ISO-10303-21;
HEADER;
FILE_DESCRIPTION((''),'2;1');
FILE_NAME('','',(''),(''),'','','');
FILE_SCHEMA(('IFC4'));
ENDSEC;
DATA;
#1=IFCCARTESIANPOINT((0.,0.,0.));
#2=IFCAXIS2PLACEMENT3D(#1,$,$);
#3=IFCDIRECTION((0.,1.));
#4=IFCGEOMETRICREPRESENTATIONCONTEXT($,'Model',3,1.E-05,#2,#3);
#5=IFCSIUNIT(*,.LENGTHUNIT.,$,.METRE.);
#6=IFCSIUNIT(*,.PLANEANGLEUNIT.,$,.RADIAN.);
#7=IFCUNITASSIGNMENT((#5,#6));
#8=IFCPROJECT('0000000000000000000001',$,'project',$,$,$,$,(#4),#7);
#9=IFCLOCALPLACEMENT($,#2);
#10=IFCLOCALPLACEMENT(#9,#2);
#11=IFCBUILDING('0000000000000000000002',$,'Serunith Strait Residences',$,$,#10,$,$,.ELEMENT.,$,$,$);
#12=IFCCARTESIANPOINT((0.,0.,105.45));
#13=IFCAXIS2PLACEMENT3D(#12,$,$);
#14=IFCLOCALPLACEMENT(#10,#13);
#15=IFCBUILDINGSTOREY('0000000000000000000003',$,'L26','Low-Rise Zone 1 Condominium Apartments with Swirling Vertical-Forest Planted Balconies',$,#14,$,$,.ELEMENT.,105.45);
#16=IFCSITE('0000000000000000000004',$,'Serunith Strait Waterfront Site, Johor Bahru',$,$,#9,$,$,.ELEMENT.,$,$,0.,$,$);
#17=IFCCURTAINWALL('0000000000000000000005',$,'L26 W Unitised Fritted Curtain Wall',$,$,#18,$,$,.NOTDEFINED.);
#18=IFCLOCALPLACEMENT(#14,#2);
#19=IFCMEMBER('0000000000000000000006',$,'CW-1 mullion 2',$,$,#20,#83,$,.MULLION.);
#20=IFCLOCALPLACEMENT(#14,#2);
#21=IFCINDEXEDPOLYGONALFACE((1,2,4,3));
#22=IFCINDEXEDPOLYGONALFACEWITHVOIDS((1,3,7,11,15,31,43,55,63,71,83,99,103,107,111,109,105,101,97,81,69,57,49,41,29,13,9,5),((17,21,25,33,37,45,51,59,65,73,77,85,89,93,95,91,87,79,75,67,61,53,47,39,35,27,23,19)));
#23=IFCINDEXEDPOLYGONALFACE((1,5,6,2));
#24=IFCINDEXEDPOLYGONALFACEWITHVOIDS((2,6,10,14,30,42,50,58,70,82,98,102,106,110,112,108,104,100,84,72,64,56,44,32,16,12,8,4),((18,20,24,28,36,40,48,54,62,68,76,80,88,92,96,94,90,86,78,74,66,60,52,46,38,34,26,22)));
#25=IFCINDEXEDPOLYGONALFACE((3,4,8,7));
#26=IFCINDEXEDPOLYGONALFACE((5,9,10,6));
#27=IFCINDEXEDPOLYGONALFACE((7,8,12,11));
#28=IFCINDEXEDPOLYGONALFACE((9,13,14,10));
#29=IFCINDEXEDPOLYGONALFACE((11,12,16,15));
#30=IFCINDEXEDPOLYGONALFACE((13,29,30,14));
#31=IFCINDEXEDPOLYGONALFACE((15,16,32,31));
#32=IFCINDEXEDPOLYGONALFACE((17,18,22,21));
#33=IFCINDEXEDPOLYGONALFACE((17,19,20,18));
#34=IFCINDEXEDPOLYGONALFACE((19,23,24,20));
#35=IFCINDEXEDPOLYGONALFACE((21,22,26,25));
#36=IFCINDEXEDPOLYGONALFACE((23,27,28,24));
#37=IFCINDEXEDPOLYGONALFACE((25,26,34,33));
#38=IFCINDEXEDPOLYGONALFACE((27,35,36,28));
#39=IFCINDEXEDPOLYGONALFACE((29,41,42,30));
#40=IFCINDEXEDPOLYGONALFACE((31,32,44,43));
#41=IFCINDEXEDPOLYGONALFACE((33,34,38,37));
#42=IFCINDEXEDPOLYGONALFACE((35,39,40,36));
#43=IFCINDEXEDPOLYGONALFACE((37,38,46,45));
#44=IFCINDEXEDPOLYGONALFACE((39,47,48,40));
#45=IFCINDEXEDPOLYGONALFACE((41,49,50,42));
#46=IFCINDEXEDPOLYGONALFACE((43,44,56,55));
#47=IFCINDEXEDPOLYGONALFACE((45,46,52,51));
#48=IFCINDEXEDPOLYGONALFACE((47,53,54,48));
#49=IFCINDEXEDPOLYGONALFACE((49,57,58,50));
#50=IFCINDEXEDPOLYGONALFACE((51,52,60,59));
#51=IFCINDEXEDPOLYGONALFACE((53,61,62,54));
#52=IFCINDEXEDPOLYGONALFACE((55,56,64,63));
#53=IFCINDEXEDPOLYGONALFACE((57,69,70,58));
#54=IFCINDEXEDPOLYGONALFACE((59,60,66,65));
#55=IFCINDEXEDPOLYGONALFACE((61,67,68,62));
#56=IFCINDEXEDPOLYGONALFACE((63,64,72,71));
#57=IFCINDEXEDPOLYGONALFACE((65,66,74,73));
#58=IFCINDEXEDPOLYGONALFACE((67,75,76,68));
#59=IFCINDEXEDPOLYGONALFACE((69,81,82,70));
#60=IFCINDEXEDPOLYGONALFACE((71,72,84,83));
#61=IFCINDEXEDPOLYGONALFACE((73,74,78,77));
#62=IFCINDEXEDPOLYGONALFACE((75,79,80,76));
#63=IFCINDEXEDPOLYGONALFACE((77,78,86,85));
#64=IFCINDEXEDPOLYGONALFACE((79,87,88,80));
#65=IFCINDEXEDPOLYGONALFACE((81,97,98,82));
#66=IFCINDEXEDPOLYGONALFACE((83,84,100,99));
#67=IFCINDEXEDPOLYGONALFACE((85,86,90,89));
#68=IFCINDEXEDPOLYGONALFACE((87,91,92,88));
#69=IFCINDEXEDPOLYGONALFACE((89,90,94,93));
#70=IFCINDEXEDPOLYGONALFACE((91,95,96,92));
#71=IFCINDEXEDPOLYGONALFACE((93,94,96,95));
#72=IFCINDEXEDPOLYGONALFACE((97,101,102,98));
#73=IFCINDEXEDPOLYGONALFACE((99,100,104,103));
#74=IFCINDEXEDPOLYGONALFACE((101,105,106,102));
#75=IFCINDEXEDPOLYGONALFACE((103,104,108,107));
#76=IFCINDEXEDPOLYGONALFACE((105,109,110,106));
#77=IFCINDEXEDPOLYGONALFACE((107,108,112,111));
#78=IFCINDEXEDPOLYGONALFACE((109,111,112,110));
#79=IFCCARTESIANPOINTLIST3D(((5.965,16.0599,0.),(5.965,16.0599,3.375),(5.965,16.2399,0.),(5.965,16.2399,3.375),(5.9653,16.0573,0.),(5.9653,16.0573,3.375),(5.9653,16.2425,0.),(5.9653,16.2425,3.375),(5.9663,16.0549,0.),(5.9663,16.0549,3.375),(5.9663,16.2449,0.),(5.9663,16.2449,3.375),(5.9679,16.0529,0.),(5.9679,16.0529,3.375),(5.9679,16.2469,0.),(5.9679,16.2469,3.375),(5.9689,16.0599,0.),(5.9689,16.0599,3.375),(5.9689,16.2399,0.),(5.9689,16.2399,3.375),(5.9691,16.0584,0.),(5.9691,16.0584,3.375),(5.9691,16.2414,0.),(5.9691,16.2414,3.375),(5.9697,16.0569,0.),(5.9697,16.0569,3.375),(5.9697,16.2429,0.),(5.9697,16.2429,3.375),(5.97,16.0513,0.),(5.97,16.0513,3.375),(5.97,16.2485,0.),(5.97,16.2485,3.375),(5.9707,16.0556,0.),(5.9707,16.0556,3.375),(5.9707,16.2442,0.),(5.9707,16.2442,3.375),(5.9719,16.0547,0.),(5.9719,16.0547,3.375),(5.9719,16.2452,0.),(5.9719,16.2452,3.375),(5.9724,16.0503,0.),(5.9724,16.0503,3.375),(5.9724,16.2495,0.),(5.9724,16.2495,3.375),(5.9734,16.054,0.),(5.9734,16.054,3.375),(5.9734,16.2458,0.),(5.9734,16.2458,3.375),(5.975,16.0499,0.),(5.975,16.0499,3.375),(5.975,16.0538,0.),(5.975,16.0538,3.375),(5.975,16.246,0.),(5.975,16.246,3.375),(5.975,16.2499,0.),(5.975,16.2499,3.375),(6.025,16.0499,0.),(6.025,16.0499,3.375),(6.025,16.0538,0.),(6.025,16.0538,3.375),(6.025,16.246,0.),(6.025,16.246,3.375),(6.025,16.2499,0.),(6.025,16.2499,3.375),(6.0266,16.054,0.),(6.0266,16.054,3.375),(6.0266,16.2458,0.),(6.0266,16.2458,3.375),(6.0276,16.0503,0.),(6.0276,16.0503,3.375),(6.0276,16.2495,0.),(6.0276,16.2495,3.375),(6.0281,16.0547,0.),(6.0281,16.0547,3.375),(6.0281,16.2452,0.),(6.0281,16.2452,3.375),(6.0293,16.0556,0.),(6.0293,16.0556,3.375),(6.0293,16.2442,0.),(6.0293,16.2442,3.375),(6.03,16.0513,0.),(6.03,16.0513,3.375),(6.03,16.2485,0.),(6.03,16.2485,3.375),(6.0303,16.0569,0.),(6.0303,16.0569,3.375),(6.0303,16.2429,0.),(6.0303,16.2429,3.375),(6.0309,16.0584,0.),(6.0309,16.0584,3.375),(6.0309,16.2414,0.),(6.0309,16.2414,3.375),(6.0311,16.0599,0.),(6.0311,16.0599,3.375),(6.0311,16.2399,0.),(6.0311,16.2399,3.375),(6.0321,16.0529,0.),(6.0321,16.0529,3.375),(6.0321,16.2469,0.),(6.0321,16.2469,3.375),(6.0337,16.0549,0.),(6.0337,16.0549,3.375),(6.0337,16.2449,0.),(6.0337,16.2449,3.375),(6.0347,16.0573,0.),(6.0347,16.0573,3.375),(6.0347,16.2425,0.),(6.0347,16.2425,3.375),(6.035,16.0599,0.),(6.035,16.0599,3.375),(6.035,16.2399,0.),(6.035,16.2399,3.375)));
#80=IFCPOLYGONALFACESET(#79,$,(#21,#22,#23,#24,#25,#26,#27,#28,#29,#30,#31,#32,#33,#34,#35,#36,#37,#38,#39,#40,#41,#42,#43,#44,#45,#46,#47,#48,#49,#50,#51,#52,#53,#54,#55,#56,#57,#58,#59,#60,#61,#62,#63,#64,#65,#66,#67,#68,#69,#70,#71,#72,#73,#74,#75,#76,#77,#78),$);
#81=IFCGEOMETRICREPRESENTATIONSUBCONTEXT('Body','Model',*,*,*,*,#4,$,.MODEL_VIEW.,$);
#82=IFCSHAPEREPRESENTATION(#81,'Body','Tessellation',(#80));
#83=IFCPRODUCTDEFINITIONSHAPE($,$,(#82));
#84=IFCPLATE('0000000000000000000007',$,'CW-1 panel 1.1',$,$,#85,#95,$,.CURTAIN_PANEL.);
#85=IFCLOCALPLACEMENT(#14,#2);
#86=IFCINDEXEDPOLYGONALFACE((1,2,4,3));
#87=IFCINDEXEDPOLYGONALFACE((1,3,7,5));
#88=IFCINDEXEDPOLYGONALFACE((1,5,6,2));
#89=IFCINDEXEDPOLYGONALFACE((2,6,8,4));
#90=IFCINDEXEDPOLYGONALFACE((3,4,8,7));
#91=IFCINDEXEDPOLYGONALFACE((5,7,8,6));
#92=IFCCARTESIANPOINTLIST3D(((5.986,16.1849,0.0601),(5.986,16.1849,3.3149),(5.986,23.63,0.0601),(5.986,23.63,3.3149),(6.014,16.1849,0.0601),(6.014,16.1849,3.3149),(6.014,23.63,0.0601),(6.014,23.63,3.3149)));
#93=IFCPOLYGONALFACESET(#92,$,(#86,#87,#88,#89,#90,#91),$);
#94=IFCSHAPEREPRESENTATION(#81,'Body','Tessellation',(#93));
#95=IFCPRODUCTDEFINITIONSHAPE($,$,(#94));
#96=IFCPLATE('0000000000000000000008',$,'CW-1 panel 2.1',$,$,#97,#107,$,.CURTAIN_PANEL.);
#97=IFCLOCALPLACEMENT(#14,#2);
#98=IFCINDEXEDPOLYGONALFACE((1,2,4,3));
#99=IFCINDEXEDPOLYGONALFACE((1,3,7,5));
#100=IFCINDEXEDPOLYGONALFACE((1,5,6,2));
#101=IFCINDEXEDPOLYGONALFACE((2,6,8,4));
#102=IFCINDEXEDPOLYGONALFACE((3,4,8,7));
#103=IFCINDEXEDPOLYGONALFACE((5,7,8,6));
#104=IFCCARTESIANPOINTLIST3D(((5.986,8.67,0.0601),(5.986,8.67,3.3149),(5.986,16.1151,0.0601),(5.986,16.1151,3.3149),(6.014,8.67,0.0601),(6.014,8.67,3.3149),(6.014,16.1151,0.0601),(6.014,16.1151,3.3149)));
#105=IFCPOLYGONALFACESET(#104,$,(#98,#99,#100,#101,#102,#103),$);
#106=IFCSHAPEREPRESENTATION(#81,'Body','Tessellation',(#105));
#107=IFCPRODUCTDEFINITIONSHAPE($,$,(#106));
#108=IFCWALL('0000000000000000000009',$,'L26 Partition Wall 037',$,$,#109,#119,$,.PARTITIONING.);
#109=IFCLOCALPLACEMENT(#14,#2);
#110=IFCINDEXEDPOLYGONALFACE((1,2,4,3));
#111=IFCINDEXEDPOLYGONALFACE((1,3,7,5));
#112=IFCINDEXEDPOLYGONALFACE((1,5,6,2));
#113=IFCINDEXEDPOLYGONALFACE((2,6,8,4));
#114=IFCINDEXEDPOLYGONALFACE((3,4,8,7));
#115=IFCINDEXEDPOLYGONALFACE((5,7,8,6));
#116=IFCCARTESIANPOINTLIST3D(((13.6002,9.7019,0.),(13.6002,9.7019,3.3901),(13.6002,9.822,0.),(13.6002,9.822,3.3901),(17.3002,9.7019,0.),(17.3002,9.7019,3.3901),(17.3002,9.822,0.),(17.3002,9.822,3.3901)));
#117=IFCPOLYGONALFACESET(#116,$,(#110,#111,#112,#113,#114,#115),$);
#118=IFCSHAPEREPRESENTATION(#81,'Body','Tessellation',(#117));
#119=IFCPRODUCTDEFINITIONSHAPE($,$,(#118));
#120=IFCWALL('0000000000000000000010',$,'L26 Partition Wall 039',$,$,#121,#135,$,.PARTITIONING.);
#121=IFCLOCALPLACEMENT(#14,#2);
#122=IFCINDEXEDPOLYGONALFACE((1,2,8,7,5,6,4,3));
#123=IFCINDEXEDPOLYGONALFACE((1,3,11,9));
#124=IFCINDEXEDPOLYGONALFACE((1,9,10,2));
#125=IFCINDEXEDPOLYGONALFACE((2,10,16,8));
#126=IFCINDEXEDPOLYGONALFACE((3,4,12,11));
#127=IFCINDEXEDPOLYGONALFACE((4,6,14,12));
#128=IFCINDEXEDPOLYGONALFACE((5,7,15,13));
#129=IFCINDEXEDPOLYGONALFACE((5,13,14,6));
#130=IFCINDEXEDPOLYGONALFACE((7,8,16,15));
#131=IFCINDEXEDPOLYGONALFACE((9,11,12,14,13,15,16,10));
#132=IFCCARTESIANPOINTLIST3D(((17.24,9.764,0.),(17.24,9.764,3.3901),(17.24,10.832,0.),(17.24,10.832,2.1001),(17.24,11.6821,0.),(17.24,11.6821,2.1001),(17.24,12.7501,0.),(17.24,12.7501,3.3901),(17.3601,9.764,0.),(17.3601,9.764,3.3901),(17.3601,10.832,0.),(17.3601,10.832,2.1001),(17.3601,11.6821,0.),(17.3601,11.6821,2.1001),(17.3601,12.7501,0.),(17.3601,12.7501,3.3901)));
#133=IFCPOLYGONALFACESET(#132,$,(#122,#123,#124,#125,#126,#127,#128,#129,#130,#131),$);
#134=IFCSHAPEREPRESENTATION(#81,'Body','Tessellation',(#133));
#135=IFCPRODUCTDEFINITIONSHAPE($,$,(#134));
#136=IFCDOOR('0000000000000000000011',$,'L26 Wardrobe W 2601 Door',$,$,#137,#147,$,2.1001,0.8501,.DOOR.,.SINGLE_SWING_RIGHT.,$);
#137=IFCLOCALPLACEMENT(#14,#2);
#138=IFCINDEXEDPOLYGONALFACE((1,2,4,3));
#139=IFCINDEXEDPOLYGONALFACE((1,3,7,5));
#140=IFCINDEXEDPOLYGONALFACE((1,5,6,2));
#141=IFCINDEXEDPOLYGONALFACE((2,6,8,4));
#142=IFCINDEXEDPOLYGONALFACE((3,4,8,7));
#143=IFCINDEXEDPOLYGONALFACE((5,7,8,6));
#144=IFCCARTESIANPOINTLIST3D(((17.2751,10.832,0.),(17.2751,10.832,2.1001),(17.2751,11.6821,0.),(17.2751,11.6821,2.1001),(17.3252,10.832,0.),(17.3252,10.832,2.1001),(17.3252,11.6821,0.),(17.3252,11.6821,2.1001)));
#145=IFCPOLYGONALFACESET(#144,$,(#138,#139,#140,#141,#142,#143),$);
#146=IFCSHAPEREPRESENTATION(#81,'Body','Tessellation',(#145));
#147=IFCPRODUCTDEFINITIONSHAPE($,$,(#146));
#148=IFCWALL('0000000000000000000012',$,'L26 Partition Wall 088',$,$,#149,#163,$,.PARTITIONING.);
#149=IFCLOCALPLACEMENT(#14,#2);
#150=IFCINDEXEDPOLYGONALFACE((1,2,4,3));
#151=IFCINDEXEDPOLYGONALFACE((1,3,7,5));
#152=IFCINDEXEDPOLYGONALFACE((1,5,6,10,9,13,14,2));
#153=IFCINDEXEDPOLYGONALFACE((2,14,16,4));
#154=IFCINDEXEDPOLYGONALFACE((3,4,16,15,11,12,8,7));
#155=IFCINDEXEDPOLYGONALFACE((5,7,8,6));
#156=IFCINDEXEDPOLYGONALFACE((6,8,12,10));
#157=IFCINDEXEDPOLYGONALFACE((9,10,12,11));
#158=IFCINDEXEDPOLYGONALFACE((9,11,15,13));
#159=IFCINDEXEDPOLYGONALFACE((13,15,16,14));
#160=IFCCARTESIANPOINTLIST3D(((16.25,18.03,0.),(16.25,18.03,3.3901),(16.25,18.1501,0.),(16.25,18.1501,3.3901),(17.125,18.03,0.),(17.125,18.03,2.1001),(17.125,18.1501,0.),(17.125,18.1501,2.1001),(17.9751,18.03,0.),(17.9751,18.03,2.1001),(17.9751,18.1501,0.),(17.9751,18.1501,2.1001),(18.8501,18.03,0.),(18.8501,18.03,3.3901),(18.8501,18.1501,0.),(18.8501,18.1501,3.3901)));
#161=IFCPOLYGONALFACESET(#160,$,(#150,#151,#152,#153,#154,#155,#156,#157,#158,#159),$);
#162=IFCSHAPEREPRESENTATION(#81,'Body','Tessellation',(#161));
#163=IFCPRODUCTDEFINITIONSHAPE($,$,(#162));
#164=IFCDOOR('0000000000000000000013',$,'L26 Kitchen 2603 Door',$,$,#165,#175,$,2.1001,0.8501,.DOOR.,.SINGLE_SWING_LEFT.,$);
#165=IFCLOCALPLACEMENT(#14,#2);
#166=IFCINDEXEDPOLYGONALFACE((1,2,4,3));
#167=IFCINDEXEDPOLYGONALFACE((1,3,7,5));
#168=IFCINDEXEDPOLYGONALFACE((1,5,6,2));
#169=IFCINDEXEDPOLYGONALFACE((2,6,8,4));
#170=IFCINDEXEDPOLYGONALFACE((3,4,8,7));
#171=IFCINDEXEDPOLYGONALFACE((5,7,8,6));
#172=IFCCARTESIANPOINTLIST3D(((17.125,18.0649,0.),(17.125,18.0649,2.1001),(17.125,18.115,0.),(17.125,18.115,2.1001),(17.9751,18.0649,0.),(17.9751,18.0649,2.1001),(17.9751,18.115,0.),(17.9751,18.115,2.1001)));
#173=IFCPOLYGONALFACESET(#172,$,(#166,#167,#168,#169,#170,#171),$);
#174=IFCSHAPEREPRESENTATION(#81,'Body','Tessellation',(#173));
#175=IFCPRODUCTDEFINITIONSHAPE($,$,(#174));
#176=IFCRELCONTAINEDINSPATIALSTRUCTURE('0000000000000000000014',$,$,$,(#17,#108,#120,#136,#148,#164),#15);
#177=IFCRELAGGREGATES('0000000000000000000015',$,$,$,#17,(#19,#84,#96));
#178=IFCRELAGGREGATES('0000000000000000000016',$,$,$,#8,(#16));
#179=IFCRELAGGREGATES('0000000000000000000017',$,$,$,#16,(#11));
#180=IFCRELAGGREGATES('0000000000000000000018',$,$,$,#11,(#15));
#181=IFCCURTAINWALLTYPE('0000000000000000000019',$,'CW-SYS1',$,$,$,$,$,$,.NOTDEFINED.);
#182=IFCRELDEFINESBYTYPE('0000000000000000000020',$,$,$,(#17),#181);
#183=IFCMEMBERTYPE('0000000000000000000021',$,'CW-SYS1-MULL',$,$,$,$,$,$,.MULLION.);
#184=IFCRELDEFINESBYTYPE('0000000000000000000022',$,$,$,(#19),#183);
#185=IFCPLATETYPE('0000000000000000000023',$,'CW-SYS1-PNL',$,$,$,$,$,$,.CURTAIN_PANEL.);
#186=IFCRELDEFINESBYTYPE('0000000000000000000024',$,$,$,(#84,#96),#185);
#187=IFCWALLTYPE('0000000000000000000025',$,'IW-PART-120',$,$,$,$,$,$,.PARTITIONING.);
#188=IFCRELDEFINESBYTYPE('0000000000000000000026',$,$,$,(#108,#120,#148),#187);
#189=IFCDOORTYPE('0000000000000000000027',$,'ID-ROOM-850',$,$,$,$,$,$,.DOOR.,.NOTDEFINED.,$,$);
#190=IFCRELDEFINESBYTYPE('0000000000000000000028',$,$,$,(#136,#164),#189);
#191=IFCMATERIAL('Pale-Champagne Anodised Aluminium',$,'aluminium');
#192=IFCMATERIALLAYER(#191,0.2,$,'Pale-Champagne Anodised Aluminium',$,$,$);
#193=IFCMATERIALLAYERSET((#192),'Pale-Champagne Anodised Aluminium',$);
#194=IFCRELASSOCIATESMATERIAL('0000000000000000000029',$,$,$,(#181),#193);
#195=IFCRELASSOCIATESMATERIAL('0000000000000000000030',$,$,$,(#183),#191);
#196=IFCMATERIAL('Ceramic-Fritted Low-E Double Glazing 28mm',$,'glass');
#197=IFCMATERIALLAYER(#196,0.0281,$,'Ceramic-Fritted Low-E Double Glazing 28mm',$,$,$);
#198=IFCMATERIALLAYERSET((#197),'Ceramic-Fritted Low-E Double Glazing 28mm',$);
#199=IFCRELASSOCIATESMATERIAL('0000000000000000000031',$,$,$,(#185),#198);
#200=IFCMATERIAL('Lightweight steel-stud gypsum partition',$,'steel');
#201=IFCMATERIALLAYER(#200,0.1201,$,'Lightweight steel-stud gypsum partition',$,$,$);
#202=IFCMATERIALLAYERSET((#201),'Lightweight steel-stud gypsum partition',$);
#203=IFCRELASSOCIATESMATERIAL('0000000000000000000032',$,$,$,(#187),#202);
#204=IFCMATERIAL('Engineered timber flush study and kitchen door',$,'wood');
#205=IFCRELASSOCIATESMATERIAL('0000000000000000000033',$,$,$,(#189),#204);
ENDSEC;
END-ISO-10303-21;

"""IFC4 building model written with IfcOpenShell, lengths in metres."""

from ifc_helpers import new_model, si_unit, direction, frame, frame_2d, origin, origin_2d, place, context, subcontext, project, spatial, rectangle, hollow_rectangle, extrude, source, transform, mapped, material, layer, layer_set, material_profile, profile_set, type_object, element, fill, aggregate, save


model = new_model("IFC4")

# Units and contexts
model_context = context("Model", 3, precision=1e-05, world=origin(), true_north=direction((0.0, 1.0)))
body_context = subcontext(model_context, "Body", "Model", "MODEL_VIEW")
ifc_project = project(units=[si_unit("LENGTHUNIT", "METRE"), si_unit("PLANEANGLEUNIT", "RADIAN")], contexts=[model_context])

# Site, building, storey
site_placement = place(None, origin())
site = spatial("IfcSite", under=ifc_project, at=site_placement, Name="Serunith Strait Waterfront Site, Johor Bahru", CompositionType="ELEMENT", RefElevation=0.0)
building_placement = place(site_placement, origin())
building = spatial("IfcBuilding", under=site, at=building_placement, Name="Serunith Strait Residences", CompositionType="ELEMENT")
storey_placement = place(building_placement, frame((0.0, 0.0, 105.45)))
storey = spatial("IfcBuildingStorey", under=building, at=storey_placement, Name="L26", Description="Low-Rise Zone 1 Condominium Apartments with Swirling Vertical-Forest Planted Balconies", CompositionType="ELEMENT", Elevation=105.45)

# Curtain wall, member, plates
ifc_material_1 = material(Name="Pale-Champagne Anodised Aluminium", Category="aluminium")
ifc_layer_1 = layer(ifc_material_1, 0.2, Name="Pale-Champagne Anodised Aluminium")
ifc_layer_set_1 = layer_set([ifc_layer_1], Name="Pale-Champagne Anodised Aluminium")
curtain_wall_type = type_object("IfcCurtainWallType", Name="CW-SYS1", PredefinedType="NOTDEFINED", material=ifc_layer_set_1)
curtain_wall_placement = place(storey_placement, origin())
curtain_wall = element("IfcCurtainWall", 1, at=curtain_wall_placement, inside=storey, type_object=curtain_wall_type, Name="L26 W Unitised Fritted Curtain Wall", PredefinedType="NOTDEFINED")
ifc_material_profile_1 = material_profile(ifc_material_1, hollow_rectangle(XDim=0.0701, YDim=0.2, WallThickness=0.0039, InnerFilletRadius=0.0061, OuterFilletRadius=0.01, at=origin_2d()), Name="ALU 200x70x4")
ifc_profile_set_1 = profile_set([ifc_material_profile_1], Name="Pale-Champagne Anodised Aluminium")
member_type_1 = type_object("IfcMemberType", Name="CW-SYS1-MULL", PredefinedType="MULLION", material=ifc_profile_set_1)
shared_shape_1 = source(origin(), body_context, "Body", "SweptSolid", [
    extrude(hollow_rectangle(XDim=0.0701, YDim=0.2, WallThickness=0.0039, InnerFilletRadius=0.0061, OuterFilletRadius=0.01, at=origin_2d()), origin(), (0.0, 0.0, 1.0), 3.375),
])
member_1_placement = place(storey_placement, frame((6.0, 16.1499, 0.0), z_axis=(0.0, 0.0, 1.0), x_axis=(1.0, 0.0, 0.0)))
member_1 = element("IfcMember", 2, at=member_1_placement, type_object=member_type_1, Name="CW-1 mullion 2", PredefinedType="MULLION", context=body_context, shape_type="MappedRepresentation", body=[
    mapped(shared_shape_1, transform((0.0, 0.0, 0.0), scale=1.0)),
])
ifc_material_2 = material(Name="Ceramic-Fritted Low-E Double Glazing 28mm", Category="glass")
ifc_layer_2 = layer(ifc_material_2, 0.0281, Name="Ceramic-Fritted Low-E Double Glazing 28mm")
ifc_layer_set_2 = layer_set([ifc_layer_2], Name="Ceramic-Fritted Low-E Double Glazing 28mm")
plate_type = type_object("IfcPlateType", Name="CW-SYS1-PNL", PredefinedType="CURTAIN_PANEL", material=ifc_layer_set_2)
shared_shape_2 = source(origin(), body_context, "Body", "SweptSolid", [
    extrude(rectangle(XDim=7.4451, YDim=0.0281, at=origin_2d()), origin(), (0.0, 0.0, 1.0), 3.2549),
])
plate_1_placement = place(storey_placement, frame((6.0, 19.9075, 0.0601), z_axis=(0.0, 0.0, 1.0), x_axis=(0.0, -1.0, 0.0)))
plate_1 = element("IfcPlate", 3, at=plate_1_placement, type_object=plate_type, Name="CW-1 panel 1.1", PredefinedType="CURTAIN_PANEL", context=body_context, shape_type="MappedRepresentation", body=[
    mapped(shared_shape_2, transform((0.0, 0.0, 0.0), scale=1.0)),
])
plate_2_placement = place(storey_placement, frame((6.0, 12.3926, 0.0601), z_axis=(0.0, 0.0, 1.0), x_axis=(0.0, -1.0, 0.0)))
plate_2 = element("IfcPlate", 4, at=plate_2_placement, type_object=plate_type, Name="CW-1 panel 2.1", PredefinedType="CURTAIN_PANEL", context=body_context, shape_type="MappedRepresentation", body=[
    mapped(shared_shape_2, transform((0.0, 0.0, 0.0), scale=1.0)),
])
aggregate(curtain_wall, [member_1, plate_1, plate_2])

# Wall
ifc_material_3 = material(Name="Lightweight steel-stud gypsum partition", Category="steel")
ifc_layer_3 = layer(ifc_material_3, 0.1201, Name="Lightweight steel-stud gypsum partition")
ifc_layer_set_3 = layer_set([ifc_layer_3], Name="Lightweight steel-stud gypsum partition")
wall_type_1 = type_object("IfcWallType", Name="IW-PART-120", PredefinedType="PARTITIONING", material=ifc_layer_set_3)
wall_1_placement = place(storey_placement, frame((13.6001, 9.762, 0.0), z_axis=(0.0, 0.0, 1.0), x_axis=(1.0, 0.0, 0.0)))
element("IfcWall", 5, at=wall_1_placement, inside=storey, type_object=wall_type_1, Name="L26 Partition Wall 037", PredefinedType="PARTITIONING", context=body_context, shape_type="SweptSolid", body=[
    extrude(rectangle(XDim=3.7, YDim=0.1201, at=frame_2d((1.8501, 0.0))), origin(), (0.0, 0.0, 1.0), 3.3901),
])

# Walls, openings, doors
wall_2_placement = place(storey_placement, frame((17.3, 9.7639, 0.0), z_axis=(0.0, 0.0, 1.0), x_axis=(0.0, 1.0, 0.0)))
wall_2 = element("IfcWall", 6, at=wall_2_placement, inside=storey, type_object=wall_type_1, Name="L26 Partition Wall 039", PredefinedType="PARTITIONING", context=body_context, shape_type="SweptSolid", body=[
    extrude(rectangle(XDim=2.9861, YDim=0.1201, at=frame_2d((1.4932, 0.0))), origin(), (0.0, 0.0, 1.0), 3.3901),
])
opening_1_placement = place(wall_2_placement, frame((1.0681, 0.0, 0.0)))
opening_1 = element("IfcOpeningElement", 7, at=opening_1_placement, cuts=wall_2, PredefinedType="OPENING", context=body_context, shape_type="SweptSolid", body=[
    extrude(rectangle(XDim=0.8501, YDim=2.1001, at=frame_2d((0.425, 1.05))), frame((0.0, 0.0701, 0.0), z_axis=(0.0, -1.0, 0.0), x_axis=(1.0, 0.0, 0.0)), (0.0, 0.0, 1.0), 0.1401),
])
ifc_material_4 = material(Name="Engineered timber flush study and kitchen door", Category="wood")
door_type = type_object("IfcDoorType", Name="ID-ROOM-850", OperationType="NOTDEFINED", PredefinedType="DOOR", material=ifc_material_4)
shared_shape_3 = source(origin(), body_context, "Body", "SweptSolid", [
    extrude(rectangle(XDim=0.8501, YDim=2.1001, at=frame_2d((0.425, 1.05))), frame((0.0, 0.0249, 0.0), z_axis=(0.0, -1.0, 0.0), x_axis=(1.0, 0.0, 0.0)), (0.0, 0.0, 1.0), 0.05),
])
door_1_placement = place(opening_1_placement, origin())
door_1 = element("IfcDoor", 8, at=door_1_placement, inside=storey, type_object=door_type, Name="L26 Wardrobe W 2601 Door", OperationType="SINGLE_SWING_RIGHT", OverallHeight=2.1001, OverallWidth=0.8501, PredefinedType="DOOR", context=body_context, shape_type="MappedRepresentation", body=[
    mapped(shared_shape_3, transform((0.0, 0.0, 0.0), scale=1.0)),
])
fill(opening_1, door_1)
wall_3_placement = place(storey_placement, frame((16.25, 18.0901, 0.0), z_axis=(0.0, 0.0, 1.0), x_axis=(1.0, 0.0, 0.0)))
wall_3 = element("IfcWall", 9, at=wall_3_placement, inside=storey, type_object=wall_type_1, Name="L26 Partition Wall 088", PredefinedType="PARTITIONING", context=body_context, shape_type="SweptSolid", body=[
    extrude(rectangle(XDim=2.6001, YDim=0.1201, at=frame_2d((1.3, 0.0))), origin(), (0.0, 0.0, 1.0), 3.3901),
])
opening_2_placement = place(wall_3_placement, frame((0.875, 0.0, 0.0)))
opening_2 = element("IfcOpeningElement", 10, at=opening_2_placement, cuts=wall_3, PredefinedType="OPENING", context=body_context, shape_type="SweptSolid", body=[
    extrude(rectangle(XDim=0.8501, YDim=2.1001, at=frame_2d((0.425, 1.05))), frame((0.0, 0.0701, 0.0), z_axis=(0.0, -1.0, 0.0), x_axis=(1.0, 0.0, 0.0)), (0.0, 0.0, 1.0), 0.1401),
])
door_2_placement = place(opening_2_placement, origin())
door_2 = element("IfcDoor", 11, at=door_2_placement, inside=storey, type_object=door_type, Name="L26 Kitchen 2603 Door", OperationType="SINGLE_SWING_LEFT", OverallHeight=2.1001, OverallWidth=0.8501, PredefinedType="DOOR", context=body_context, shape_type="MappedRepresentation", body=[
    mapped(shared_shape_3, transform((0.0, 0.0, 0.0), scale=1.0)),
])
fill(opening_2, door_2)

save(model, "model.ifc")
